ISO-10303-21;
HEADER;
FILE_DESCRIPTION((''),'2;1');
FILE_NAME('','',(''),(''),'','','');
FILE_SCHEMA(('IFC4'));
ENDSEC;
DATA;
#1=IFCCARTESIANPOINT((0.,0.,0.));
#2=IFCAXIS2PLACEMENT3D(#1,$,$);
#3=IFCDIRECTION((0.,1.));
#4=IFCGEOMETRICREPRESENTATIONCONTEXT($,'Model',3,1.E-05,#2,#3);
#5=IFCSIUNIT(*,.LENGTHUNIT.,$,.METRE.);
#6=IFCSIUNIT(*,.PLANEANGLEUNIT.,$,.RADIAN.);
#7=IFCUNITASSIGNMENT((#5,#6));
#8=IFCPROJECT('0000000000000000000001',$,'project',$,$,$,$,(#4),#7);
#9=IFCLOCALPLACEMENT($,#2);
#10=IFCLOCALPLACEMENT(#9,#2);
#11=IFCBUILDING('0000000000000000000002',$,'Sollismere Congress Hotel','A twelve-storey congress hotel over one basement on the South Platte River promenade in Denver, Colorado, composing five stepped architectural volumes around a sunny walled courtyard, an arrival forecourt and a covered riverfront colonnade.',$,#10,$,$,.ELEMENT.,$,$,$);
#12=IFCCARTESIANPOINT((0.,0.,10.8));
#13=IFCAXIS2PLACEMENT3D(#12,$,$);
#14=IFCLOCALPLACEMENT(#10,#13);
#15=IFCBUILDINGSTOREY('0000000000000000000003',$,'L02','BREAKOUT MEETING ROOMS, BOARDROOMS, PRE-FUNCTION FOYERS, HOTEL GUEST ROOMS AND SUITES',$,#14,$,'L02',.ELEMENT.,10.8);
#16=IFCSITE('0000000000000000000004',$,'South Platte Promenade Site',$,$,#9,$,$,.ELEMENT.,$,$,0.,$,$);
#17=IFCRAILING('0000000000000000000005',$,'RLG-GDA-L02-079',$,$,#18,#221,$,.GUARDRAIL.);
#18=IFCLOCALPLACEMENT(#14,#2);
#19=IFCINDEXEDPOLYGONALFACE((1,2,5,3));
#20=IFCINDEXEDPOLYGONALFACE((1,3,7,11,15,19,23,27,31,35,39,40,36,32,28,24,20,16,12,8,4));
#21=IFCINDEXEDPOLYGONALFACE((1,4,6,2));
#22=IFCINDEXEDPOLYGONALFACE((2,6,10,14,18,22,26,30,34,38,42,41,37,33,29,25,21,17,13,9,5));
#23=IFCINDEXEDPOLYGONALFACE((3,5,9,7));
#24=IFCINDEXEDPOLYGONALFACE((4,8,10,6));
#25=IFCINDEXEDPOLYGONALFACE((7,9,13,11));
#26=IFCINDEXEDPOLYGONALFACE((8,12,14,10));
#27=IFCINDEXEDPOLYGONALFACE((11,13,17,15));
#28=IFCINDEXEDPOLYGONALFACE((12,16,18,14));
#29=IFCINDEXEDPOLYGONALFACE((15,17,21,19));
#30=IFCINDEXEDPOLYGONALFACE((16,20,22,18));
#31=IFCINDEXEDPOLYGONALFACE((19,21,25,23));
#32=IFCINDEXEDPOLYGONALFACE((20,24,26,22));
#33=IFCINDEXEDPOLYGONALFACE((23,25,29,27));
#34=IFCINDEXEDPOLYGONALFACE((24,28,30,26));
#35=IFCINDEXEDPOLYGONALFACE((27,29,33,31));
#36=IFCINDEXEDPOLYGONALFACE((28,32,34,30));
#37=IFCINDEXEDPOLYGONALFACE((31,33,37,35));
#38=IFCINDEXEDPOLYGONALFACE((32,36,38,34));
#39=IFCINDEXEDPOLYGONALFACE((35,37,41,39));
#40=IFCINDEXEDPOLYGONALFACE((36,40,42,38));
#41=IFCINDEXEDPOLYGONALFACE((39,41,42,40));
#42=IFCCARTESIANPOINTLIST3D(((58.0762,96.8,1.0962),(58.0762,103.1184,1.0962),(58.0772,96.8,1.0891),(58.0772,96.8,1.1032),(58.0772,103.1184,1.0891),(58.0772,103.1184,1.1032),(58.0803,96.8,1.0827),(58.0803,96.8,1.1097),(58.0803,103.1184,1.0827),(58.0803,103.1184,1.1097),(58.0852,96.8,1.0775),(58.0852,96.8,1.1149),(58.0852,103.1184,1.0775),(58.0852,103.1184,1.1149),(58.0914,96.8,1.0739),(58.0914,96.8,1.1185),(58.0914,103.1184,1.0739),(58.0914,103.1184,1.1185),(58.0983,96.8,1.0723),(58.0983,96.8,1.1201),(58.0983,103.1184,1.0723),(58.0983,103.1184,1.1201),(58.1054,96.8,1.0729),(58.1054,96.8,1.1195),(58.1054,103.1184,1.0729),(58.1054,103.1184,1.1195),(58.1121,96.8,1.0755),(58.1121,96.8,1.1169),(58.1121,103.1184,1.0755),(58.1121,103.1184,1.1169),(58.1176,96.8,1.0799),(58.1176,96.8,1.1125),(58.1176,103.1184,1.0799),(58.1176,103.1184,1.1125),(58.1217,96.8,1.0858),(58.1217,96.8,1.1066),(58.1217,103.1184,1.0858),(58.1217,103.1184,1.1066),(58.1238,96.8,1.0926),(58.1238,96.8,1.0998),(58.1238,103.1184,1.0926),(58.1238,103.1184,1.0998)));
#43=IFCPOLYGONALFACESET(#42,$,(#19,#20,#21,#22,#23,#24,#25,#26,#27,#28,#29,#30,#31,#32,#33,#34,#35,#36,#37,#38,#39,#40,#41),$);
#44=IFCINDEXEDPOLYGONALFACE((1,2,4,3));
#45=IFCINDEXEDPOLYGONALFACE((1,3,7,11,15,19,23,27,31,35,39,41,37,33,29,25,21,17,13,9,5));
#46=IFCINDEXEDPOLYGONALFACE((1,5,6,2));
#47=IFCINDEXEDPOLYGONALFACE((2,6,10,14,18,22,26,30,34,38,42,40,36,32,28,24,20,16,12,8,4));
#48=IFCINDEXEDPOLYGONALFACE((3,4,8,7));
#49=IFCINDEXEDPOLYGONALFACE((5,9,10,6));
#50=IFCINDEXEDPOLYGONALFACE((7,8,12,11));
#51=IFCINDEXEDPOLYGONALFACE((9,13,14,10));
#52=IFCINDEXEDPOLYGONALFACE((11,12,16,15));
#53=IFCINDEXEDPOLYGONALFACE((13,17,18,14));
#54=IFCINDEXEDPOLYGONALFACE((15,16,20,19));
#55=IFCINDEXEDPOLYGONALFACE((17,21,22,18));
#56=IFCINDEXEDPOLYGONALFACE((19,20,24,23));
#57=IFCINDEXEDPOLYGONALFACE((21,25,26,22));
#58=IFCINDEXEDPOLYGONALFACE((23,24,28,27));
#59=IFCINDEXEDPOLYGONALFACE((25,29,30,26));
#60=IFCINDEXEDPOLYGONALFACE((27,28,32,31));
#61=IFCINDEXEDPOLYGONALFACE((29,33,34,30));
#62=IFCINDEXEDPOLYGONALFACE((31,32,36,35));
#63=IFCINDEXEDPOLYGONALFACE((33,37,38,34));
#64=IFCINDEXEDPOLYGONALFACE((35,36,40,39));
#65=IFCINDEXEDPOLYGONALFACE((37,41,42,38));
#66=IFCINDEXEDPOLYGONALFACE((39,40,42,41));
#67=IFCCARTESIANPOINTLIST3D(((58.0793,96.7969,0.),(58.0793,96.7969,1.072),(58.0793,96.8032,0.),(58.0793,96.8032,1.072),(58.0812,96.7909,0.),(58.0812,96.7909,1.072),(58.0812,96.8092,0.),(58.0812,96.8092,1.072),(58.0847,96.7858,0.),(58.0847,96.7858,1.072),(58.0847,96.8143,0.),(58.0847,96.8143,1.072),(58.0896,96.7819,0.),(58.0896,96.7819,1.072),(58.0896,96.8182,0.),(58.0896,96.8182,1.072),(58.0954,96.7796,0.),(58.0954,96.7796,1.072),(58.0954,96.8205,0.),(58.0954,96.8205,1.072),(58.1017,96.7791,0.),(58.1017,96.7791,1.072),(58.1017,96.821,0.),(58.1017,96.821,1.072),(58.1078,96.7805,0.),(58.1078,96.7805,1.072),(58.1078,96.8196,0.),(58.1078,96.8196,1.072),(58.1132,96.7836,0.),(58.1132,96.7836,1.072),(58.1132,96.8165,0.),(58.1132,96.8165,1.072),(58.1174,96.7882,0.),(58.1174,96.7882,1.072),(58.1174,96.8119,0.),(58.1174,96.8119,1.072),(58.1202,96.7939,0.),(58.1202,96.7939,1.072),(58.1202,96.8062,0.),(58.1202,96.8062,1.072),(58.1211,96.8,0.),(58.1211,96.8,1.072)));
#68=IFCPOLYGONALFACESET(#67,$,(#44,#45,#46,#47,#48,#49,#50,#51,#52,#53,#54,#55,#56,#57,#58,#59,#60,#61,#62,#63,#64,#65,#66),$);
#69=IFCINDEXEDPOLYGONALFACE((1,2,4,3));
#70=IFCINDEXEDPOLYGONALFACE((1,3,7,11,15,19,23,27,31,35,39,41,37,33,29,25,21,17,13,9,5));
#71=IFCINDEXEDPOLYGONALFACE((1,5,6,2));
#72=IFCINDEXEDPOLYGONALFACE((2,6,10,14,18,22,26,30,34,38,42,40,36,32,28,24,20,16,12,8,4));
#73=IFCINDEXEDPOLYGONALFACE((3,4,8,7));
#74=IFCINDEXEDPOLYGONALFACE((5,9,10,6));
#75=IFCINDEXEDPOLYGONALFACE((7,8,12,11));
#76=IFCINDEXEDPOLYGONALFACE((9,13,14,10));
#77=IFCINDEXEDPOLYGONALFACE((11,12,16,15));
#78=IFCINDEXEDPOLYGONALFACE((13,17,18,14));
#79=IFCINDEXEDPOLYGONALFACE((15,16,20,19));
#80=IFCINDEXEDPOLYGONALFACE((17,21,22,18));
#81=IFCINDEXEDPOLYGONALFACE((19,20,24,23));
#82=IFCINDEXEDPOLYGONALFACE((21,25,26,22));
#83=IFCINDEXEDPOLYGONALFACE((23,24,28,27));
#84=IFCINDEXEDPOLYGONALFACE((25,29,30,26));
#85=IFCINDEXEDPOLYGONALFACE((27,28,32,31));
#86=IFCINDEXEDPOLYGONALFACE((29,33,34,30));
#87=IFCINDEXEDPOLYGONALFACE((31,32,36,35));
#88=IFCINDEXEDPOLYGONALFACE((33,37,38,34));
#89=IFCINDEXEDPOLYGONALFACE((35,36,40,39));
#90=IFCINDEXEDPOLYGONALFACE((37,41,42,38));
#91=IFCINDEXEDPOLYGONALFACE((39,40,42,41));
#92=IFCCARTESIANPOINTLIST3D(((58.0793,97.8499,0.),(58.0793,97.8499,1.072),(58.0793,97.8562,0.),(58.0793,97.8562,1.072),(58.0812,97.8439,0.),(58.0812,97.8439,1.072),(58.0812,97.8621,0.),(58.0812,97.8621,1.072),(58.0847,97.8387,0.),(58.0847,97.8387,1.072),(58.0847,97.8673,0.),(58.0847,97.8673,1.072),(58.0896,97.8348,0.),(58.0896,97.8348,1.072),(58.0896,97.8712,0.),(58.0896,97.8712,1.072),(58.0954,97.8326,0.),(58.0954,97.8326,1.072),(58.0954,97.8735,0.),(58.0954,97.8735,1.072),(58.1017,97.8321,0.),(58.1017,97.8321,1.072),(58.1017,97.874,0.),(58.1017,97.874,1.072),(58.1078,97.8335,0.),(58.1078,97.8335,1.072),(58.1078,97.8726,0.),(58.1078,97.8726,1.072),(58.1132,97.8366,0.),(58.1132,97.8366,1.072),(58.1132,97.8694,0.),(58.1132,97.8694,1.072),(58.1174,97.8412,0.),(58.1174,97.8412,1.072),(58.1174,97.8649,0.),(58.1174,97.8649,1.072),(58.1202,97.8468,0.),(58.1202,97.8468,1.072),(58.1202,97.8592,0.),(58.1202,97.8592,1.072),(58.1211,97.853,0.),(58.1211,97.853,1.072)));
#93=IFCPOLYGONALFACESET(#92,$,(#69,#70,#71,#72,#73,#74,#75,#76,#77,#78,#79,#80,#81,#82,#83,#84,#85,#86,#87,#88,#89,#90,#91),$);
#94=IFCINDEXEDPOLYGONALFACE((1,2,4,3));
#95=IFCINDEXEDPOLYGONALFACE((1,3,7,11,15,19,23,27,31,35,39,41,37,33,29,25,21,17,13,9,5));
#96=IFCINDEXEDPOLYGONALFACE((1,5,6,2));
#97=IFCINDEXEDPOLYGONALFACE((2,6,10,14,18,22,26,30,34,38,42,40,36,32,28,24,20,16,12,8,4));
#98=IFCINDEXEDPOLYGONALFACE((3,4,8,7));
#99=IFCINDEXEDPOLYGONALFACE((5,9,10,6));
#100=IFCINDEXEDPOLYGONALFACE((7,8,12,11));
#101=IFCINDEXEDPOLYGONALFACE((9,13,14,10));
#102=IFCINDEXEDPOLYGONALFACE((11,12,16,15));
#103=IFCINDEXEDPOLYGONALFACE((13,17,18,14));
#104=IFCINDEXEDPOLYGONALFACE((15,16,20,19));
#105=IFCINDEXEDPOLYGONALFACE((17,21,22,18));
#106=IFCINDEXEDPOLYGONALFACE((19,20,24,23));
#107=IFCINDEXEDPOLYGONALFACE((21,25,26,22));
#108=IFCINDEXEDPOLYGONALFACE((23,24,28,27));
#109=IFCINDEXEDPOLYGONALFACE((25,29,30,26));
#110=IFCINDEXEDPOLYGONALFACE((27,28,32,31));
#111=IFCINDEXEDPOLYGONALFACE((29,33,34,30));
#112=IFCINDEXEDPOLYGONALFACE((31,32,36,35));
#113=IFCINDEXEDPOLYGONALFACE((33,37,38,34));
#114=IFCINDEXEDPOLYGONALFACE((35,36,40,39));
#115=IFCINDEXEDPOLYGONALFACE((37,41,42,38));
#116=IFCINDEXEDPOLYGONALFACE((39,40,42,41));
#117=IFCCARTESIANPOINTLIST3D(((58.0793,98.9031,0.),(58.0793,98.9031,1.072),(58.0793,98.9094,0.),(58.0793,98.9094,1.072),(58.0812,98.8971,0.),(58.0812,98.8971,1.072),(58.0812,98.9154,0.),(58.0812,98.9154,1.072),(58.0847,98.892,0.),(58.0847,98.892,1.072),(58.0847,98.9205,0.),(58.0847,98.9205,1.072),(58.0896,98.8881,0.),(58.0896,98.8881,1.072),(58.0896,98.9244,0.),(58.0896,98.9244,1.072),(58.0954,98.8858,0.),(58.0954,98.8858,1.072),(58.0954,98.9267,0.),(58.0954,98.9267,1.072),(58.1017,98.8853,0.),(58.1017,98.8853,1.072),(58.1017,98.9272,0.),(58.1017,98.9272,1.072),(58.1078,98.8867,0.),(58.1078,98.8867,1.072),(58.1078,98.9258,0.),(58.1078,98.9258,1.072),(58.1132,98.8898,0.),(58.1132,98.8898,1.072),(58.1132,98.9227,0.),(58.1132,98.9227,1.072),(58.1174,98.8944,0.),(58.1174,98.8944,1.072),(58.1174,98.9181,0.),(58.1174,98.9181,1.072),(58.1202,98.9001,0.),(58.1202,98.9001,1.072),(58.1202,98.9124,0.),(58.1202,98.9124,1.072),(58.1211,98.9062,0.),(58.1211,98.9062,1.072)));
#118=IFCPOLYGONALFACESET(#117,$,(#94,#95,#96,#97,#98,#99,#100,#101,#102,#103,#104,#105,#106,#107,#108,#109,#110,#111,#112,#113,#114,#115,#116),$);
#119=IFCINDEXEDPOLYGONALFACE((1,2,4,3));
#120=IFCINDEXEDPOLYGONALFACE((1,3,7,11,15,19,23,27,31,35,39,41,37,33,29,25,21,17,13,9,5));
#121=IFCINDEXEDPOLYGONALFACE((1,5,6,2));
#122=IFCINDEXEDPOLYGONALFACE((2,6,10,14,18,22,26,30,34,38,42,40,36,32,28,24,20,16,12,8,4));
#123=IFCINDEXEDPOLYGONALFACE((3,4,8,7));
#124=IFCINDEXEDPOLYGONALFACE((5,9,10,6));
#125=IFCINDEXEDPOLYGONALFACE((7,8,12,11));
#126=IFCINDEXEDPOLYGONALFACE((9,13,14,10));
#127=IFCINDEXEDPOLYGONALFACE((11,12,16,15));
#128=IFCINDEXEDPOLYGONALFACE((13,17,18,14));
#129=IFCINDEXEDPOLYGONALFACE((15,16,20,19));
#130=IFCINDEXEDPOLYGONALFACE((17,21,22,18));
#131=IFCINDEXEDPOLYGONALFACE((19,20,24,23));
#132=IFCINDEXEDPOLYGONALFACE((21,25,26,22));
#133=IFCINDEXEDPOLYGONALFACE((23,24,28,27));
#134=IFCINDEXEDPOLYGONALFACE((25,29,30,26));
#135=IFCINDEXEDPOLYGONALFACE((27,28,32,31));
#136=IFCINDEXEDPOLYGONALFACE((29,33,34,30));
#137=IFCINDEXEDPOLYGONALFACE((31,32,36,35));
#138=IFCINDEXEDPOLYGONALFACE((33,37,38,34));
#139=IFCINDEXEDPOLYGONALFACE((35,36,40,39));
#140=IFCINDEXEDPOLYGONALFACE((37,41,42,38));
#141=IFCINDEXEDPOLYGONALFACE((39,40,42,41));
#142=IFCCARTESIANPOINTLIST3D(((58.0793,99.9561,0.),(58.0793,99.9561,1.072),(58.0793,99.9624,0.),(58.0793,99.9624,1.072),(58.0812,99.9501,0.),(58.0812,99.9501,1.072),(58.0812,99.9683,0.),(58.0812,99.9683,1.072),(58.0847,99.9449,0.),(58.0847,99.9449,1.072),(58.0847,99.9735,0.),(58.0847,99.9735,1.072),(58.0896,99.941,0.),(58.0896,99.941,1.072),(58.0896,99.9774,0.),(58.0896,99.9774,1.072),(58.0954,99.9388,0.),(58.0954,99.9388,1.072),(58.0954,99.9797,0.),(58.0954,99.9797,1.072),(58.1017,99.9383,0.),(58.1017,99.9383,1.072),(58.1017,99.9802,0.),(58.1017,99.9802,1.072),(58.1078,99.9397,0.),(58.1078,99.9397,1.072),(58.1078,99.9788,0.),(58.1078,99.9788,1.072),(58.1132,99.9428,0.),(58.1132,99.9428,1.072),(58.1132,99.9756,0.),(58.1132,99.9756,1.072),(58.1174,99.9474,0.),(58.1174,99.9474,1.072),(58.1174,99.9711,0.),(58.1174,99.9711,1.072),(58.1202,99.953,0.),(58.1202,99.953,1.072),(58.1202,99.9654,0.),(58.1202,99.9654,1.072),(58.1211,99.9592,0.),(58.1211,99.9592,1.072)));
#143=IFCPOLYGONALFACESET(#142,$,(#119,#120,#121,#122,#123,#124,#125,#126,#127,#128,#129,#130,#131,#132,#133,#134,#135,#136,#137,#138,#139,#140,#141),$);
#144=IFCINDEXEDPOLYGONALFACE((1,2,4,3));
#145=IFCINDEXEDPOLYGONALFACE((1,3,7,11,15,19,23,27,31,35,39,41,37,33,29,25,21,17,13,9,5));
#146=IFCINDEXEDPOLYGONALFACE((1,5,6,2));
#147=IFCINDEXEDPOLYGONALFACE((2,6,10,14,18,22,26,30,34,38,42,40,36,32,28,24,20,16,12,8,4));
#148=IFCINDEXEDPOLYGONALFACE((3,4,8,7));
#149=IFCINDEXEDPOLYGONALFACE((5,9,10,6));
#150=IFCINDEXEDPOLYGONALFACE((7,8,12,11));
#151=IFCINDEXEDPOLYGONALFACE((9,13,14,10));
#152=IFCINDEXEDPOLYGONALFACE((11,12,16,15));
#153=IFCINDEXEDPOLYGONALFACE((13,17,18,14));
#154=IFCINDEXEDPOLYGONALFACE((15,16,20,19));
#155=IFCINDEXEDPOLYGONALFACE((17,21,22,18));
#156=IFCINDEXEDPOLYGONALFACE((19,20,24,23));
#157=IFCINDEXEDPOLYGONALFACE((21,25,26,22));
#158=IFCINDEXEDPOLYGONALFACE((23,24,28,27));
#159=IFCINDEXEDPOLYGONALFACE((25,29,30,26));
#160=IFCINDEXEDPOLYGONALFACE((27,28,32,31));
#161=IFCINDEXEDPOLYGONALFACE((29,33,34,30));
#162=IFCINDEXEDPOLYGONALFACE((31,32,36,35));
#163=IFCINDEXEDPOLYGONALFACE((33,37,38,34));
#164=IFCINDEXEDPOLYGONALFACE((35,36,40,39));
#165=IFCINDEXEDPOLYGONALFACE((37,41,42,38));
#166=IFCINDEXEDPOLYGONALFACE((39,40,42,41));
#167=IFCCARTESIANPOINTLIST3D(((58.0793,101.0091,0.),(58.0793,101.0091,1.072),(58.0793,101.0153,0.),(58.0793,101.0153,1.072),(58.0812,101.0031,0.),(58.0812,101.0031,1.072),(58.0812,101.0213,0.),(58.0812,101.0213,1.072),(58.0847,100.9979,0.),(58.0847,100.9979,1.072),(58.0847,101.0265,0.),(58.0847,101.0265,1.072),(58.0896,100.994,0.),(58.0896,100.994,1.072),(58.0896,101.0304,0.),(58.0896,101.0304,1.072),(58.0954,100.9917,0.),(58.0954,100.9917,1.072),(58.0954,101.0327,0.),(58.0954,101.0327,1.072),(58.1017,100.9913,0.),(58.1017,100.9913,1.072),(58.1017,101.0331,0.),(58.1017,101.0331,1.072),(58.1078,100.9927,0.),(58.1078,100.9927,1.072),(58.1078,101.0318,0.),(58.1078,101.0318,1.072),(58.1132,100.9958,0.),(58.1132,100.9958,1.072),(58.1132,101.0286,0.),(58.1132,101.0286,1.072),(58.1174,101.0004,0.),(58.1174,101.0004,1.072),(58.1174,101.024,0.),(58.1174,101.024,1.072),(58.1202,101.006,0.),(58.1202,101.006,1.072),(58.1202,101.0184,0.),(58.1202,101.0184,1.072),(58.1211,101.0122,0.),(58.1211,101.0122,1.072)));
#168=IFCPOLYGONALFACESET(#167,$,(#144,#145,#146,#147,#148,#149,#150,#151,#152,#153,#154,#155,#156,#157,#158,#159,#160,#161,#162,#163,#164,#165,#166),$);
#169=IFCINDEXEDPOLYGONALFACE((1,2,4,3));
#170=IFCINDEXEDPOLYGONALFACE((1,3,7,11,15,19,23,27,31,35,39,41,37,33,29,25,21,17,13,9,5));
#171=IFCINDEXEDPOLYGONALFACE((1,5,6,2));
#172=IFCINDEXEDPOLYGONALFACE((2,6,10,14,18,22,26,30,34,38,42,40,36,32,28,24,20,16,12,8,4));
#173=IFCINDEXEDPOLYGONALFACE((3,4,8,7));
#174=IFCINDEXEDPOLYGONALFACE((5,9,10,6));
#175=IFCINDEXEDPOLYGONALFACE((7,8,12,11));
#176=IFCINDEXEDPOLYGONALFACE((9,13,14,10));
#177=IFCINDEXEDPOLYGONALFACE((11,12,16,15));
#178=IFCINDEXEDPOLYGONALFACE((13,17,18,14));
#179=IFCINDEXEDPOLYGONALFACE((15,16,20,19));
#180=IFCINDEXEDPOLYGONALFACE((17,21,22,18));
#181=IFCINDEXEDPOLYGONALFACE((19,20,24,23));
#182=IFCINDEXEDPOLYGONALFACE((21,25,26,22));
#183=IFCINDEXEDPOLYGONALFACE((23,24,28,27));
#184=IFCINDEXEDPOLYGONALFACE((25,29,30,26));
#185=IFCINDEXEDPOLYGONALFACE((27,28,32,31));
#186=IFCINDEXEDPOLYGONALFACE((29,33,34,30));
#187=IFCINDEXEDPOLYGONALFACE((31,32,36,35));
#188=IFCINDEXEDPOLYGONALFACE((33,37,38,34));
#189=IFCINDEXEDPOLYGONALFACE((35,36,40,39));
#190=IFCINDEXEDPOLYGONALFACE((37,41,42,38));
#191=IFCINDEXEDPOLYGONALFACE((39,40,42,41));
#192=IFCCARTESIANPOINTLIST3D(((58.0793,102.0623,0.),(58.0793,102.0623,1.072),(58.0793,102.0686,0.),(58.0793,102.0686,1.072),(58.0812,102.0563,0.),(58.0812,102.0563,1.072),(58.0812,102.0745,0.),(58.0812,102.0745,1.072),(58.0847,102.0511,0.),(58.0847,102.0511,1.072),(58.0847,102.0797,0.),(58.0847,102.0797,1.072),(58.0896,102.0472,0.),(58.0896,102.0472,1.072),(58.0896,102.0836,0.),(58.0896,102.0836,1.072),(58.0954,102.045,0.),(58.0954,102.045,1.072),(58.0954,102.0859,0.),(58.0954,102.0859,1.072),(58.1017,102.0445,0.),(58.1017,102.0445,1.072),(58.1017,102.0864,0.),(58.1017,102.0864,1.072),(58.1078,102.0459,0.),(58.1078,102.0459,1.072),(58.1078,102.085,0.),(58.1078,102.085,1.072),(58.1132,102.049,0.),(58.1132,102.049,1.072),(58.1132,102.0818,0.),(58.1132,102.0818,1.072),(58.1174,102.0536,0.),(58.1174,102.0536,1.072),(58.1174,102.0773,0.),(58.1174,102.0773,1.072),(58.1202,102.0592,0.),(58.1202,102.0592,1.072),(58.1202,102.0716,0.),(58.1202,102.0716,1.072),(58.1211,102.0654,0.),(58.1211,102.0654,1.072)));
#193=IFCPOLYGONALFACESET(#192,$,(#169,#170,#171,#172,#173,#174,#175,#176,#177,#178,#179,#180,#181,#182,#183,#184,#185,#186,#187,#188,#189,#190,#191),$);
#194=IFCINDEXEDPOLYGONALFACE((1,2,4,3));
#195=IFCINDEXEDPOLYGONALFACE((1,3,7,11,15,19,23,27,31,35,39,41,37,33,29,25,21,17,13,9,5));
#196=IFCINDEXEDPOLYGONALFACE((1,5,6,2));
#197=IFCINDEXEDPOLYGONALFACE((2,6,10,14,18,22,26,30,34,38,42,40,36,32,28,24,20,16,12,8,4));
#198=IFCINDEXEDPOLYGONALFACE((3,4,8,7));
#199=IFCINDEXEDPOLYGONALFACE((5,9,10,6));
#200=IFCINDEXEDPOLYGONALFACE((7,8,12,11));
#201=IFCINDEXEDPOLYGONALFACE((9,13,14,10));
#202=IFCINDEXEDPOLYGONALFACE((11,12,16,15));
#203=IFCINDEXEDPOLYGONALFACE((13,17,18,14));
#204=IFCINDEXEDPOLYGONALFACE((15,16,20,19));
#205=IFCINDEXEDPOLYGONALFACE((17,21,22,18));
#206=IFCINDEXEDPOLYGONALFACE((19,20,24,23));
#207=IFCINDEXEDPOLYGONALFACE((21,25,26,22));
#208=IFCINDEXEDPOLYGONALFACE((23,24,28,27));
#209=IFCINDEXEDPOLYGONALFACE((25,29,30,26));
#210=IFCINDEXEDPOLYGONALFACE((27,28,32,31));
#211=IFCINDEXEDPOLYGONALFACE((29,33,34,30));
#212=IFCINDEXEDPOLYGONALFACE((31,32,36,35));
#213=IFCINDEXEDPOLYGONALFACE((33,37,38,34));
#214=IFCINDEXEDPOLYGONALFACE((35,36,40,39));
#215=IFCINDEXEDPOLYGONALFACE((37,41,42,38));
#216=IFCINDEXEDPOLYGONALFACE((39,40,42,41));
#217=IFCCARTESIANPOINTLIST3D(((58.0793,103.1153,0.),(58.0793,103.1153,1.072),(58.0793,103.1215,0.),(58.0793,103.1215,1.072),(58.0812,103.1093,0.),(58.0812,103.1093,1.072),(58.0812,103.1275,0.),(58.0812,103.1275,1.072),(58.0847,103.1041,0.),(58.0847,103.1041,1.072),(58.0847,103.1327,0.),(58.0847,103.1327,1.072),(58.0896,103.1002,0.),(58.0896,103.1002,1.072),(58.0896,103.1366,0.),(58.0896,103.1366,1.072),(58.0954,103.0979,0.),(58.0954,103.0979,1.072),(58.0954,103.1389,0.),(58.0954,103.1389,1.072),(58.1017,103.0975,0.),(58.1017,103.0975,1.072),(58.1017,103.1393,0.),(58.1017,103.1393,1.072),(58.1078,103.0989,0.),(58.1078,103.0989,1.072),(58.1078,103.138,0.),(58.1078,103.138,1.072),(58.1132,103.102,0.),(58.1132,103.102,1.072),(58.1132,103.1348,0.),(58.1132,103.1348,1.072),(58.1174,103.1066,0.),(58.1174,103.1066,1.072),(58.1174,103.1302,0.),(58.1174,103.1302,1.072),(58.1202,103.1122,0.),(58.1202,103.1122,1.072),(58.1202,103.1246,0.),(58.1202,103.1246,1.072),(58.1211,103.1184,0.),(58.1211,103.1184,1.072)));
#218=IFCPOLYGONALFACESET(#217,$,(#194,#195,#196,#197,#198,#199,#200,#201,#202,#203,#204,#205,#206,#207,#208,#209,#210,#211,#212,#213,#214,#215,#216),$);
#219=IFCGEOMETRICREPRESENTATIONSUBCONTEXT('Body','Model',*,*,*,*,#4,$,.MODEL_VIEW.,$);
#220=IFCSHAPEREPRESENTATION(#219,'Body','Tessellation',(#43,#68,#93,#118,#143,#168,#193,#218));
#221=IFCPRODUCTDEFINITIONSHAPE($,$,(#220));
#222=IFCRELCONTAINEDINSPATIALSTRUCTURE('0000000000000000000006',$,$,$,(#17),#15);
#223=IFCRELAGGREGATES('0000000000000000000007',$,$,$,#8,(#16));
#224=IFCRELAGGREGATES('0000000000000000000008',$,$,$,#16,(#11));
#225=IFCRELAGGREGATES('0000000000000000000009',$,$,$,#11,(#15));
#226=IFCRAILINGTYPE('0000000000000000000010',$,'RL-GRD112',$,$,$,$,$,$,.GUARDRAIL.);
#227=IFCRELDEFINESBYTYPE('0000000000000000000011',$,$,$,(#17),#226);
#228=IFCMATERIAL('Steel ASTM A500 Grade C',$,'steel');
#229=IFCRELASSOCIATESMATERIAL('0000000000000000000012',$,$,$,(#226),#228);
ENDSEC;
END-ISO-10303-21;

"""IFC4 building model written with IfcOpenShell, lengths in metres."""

from ifc_helpers import new_model, si_unit, direction, frame, origin, origin_2d, place, context, subcontext, project, spatial, circle, extrude, material, type_object, element, save


model = new_model("IFC4")

# Units and contexts
model_context = context("Model", 3, precision=1e-05, world=origin(), true_north=direction((0.0, 1.0)))
body_context = subcontext(model_context, "Body", "Model", "MODEL_VIEW")
ifc_project = project(units=[si_unit("LENGTHUNIT", "METRE"), si_unit("PLANEANGLEUNIT", "RADIAN")], contexts=[model_context])

# Site, building, storey
site_placement = place(None, origin())
site = spatial("IfcSite", under=ifc_project, at=site_placement, Name="South Platte Promenade Site", CompositionType="ELEMENT", RefElevation=0.0)
building_placement = place(site_placement, origin())
building = spatial("IfcBuilding", under=site, at=building_placement, Name="Sollismere Congress Hotel", Description="A twelve-storey congress hotel over one basement on the South Platte River promenade in Denver, Colorado, composing five stepped architectural volumes around a sunny walled courtyard, an arrival forecourt and a covered riverfront colonnade.", CompositionType="ELEMENT")
storey_placement = place(building_placement, frame((0.0, 0.0, 10.8)))
storey = spatial("IfcBuildingStorey", under=building, at=storey_placement, Name="L02", Description="BREAKOUT MEETING ROOMS, BOARDROOMS, PRE-FUNCTION FOYERS, HOTEL GUEST ROOMS AND SUITES", LongName="L02", CompositionType="ELEMENT", Elevation=10.8)

# Shared definitions
ifc_material_1 = material(Name="Steel ASTM A500 Grade C", Category="steel")

# Railing
railing_type = type_object("IfcRailingType", Name="RL-GRD112", PredefinedType="GUARDRAIL", material=ifc_material_1)
railing_placement = place(storey_placement, frame((58.1001, 96.8, 0.0)))
element("IfcRailing", 1, at=railing_placement, inside=storey, type_object=railing_type, Name="RLG-GDA-L02-079", PredefinedType="GUARDRAIL", context=body_context, shape_type="SweptSolid", body=[
    extrude(circle(Radius=0.0239, at=origin_2d()), frame((0.0, 0.0, 1.0962), z_axis=(0.0, 1.0, 0.0), x_axis=(-1.0, 0.0, 0.0)), (0.0, 0.0, 1.0), 6.3184),
    extrude(circle(Radius=0.021, at=origin_2d()), origin(), (0.0, 0.0, 1.0), 1.072),
    extrude(circle(Radius=0.021, at=origin_2d()), frame((0.0, 1.053, 0.0)), (0.0, 0.0, 1.0), 1.072),
    extrude(circle(Radius=0.021, at=origin_2d()), frame((0.0, 2.1062, 0.0)), (0.0, 0.0, 1.0), 1.072),
    extrude(circle(Radius=0.021, at=origin_2d()), frame((0.0, 3.1592, 0.0)), (0.0, 0.0, 1.0), 1.072),
    extrude(circle(Radius=0.021, at=origin_2d()), frame((0.0, 4.2122, 0.0)), (0.0, 0.0, 1.0), 1.072),
    extrude(circle(Radius=0.021, at=origin_2d()), frame((0.0, 5.2654, 0.0)), (0.0, 0.0, 1.0), 1.072),
    extrude(circle(Radius=0.021, at=origin_2d()), frame((0.0, 6.3184, 0.0)), (0.0, 0.0, 1.0), 1.072),
])

save(model, "model.ifc")
